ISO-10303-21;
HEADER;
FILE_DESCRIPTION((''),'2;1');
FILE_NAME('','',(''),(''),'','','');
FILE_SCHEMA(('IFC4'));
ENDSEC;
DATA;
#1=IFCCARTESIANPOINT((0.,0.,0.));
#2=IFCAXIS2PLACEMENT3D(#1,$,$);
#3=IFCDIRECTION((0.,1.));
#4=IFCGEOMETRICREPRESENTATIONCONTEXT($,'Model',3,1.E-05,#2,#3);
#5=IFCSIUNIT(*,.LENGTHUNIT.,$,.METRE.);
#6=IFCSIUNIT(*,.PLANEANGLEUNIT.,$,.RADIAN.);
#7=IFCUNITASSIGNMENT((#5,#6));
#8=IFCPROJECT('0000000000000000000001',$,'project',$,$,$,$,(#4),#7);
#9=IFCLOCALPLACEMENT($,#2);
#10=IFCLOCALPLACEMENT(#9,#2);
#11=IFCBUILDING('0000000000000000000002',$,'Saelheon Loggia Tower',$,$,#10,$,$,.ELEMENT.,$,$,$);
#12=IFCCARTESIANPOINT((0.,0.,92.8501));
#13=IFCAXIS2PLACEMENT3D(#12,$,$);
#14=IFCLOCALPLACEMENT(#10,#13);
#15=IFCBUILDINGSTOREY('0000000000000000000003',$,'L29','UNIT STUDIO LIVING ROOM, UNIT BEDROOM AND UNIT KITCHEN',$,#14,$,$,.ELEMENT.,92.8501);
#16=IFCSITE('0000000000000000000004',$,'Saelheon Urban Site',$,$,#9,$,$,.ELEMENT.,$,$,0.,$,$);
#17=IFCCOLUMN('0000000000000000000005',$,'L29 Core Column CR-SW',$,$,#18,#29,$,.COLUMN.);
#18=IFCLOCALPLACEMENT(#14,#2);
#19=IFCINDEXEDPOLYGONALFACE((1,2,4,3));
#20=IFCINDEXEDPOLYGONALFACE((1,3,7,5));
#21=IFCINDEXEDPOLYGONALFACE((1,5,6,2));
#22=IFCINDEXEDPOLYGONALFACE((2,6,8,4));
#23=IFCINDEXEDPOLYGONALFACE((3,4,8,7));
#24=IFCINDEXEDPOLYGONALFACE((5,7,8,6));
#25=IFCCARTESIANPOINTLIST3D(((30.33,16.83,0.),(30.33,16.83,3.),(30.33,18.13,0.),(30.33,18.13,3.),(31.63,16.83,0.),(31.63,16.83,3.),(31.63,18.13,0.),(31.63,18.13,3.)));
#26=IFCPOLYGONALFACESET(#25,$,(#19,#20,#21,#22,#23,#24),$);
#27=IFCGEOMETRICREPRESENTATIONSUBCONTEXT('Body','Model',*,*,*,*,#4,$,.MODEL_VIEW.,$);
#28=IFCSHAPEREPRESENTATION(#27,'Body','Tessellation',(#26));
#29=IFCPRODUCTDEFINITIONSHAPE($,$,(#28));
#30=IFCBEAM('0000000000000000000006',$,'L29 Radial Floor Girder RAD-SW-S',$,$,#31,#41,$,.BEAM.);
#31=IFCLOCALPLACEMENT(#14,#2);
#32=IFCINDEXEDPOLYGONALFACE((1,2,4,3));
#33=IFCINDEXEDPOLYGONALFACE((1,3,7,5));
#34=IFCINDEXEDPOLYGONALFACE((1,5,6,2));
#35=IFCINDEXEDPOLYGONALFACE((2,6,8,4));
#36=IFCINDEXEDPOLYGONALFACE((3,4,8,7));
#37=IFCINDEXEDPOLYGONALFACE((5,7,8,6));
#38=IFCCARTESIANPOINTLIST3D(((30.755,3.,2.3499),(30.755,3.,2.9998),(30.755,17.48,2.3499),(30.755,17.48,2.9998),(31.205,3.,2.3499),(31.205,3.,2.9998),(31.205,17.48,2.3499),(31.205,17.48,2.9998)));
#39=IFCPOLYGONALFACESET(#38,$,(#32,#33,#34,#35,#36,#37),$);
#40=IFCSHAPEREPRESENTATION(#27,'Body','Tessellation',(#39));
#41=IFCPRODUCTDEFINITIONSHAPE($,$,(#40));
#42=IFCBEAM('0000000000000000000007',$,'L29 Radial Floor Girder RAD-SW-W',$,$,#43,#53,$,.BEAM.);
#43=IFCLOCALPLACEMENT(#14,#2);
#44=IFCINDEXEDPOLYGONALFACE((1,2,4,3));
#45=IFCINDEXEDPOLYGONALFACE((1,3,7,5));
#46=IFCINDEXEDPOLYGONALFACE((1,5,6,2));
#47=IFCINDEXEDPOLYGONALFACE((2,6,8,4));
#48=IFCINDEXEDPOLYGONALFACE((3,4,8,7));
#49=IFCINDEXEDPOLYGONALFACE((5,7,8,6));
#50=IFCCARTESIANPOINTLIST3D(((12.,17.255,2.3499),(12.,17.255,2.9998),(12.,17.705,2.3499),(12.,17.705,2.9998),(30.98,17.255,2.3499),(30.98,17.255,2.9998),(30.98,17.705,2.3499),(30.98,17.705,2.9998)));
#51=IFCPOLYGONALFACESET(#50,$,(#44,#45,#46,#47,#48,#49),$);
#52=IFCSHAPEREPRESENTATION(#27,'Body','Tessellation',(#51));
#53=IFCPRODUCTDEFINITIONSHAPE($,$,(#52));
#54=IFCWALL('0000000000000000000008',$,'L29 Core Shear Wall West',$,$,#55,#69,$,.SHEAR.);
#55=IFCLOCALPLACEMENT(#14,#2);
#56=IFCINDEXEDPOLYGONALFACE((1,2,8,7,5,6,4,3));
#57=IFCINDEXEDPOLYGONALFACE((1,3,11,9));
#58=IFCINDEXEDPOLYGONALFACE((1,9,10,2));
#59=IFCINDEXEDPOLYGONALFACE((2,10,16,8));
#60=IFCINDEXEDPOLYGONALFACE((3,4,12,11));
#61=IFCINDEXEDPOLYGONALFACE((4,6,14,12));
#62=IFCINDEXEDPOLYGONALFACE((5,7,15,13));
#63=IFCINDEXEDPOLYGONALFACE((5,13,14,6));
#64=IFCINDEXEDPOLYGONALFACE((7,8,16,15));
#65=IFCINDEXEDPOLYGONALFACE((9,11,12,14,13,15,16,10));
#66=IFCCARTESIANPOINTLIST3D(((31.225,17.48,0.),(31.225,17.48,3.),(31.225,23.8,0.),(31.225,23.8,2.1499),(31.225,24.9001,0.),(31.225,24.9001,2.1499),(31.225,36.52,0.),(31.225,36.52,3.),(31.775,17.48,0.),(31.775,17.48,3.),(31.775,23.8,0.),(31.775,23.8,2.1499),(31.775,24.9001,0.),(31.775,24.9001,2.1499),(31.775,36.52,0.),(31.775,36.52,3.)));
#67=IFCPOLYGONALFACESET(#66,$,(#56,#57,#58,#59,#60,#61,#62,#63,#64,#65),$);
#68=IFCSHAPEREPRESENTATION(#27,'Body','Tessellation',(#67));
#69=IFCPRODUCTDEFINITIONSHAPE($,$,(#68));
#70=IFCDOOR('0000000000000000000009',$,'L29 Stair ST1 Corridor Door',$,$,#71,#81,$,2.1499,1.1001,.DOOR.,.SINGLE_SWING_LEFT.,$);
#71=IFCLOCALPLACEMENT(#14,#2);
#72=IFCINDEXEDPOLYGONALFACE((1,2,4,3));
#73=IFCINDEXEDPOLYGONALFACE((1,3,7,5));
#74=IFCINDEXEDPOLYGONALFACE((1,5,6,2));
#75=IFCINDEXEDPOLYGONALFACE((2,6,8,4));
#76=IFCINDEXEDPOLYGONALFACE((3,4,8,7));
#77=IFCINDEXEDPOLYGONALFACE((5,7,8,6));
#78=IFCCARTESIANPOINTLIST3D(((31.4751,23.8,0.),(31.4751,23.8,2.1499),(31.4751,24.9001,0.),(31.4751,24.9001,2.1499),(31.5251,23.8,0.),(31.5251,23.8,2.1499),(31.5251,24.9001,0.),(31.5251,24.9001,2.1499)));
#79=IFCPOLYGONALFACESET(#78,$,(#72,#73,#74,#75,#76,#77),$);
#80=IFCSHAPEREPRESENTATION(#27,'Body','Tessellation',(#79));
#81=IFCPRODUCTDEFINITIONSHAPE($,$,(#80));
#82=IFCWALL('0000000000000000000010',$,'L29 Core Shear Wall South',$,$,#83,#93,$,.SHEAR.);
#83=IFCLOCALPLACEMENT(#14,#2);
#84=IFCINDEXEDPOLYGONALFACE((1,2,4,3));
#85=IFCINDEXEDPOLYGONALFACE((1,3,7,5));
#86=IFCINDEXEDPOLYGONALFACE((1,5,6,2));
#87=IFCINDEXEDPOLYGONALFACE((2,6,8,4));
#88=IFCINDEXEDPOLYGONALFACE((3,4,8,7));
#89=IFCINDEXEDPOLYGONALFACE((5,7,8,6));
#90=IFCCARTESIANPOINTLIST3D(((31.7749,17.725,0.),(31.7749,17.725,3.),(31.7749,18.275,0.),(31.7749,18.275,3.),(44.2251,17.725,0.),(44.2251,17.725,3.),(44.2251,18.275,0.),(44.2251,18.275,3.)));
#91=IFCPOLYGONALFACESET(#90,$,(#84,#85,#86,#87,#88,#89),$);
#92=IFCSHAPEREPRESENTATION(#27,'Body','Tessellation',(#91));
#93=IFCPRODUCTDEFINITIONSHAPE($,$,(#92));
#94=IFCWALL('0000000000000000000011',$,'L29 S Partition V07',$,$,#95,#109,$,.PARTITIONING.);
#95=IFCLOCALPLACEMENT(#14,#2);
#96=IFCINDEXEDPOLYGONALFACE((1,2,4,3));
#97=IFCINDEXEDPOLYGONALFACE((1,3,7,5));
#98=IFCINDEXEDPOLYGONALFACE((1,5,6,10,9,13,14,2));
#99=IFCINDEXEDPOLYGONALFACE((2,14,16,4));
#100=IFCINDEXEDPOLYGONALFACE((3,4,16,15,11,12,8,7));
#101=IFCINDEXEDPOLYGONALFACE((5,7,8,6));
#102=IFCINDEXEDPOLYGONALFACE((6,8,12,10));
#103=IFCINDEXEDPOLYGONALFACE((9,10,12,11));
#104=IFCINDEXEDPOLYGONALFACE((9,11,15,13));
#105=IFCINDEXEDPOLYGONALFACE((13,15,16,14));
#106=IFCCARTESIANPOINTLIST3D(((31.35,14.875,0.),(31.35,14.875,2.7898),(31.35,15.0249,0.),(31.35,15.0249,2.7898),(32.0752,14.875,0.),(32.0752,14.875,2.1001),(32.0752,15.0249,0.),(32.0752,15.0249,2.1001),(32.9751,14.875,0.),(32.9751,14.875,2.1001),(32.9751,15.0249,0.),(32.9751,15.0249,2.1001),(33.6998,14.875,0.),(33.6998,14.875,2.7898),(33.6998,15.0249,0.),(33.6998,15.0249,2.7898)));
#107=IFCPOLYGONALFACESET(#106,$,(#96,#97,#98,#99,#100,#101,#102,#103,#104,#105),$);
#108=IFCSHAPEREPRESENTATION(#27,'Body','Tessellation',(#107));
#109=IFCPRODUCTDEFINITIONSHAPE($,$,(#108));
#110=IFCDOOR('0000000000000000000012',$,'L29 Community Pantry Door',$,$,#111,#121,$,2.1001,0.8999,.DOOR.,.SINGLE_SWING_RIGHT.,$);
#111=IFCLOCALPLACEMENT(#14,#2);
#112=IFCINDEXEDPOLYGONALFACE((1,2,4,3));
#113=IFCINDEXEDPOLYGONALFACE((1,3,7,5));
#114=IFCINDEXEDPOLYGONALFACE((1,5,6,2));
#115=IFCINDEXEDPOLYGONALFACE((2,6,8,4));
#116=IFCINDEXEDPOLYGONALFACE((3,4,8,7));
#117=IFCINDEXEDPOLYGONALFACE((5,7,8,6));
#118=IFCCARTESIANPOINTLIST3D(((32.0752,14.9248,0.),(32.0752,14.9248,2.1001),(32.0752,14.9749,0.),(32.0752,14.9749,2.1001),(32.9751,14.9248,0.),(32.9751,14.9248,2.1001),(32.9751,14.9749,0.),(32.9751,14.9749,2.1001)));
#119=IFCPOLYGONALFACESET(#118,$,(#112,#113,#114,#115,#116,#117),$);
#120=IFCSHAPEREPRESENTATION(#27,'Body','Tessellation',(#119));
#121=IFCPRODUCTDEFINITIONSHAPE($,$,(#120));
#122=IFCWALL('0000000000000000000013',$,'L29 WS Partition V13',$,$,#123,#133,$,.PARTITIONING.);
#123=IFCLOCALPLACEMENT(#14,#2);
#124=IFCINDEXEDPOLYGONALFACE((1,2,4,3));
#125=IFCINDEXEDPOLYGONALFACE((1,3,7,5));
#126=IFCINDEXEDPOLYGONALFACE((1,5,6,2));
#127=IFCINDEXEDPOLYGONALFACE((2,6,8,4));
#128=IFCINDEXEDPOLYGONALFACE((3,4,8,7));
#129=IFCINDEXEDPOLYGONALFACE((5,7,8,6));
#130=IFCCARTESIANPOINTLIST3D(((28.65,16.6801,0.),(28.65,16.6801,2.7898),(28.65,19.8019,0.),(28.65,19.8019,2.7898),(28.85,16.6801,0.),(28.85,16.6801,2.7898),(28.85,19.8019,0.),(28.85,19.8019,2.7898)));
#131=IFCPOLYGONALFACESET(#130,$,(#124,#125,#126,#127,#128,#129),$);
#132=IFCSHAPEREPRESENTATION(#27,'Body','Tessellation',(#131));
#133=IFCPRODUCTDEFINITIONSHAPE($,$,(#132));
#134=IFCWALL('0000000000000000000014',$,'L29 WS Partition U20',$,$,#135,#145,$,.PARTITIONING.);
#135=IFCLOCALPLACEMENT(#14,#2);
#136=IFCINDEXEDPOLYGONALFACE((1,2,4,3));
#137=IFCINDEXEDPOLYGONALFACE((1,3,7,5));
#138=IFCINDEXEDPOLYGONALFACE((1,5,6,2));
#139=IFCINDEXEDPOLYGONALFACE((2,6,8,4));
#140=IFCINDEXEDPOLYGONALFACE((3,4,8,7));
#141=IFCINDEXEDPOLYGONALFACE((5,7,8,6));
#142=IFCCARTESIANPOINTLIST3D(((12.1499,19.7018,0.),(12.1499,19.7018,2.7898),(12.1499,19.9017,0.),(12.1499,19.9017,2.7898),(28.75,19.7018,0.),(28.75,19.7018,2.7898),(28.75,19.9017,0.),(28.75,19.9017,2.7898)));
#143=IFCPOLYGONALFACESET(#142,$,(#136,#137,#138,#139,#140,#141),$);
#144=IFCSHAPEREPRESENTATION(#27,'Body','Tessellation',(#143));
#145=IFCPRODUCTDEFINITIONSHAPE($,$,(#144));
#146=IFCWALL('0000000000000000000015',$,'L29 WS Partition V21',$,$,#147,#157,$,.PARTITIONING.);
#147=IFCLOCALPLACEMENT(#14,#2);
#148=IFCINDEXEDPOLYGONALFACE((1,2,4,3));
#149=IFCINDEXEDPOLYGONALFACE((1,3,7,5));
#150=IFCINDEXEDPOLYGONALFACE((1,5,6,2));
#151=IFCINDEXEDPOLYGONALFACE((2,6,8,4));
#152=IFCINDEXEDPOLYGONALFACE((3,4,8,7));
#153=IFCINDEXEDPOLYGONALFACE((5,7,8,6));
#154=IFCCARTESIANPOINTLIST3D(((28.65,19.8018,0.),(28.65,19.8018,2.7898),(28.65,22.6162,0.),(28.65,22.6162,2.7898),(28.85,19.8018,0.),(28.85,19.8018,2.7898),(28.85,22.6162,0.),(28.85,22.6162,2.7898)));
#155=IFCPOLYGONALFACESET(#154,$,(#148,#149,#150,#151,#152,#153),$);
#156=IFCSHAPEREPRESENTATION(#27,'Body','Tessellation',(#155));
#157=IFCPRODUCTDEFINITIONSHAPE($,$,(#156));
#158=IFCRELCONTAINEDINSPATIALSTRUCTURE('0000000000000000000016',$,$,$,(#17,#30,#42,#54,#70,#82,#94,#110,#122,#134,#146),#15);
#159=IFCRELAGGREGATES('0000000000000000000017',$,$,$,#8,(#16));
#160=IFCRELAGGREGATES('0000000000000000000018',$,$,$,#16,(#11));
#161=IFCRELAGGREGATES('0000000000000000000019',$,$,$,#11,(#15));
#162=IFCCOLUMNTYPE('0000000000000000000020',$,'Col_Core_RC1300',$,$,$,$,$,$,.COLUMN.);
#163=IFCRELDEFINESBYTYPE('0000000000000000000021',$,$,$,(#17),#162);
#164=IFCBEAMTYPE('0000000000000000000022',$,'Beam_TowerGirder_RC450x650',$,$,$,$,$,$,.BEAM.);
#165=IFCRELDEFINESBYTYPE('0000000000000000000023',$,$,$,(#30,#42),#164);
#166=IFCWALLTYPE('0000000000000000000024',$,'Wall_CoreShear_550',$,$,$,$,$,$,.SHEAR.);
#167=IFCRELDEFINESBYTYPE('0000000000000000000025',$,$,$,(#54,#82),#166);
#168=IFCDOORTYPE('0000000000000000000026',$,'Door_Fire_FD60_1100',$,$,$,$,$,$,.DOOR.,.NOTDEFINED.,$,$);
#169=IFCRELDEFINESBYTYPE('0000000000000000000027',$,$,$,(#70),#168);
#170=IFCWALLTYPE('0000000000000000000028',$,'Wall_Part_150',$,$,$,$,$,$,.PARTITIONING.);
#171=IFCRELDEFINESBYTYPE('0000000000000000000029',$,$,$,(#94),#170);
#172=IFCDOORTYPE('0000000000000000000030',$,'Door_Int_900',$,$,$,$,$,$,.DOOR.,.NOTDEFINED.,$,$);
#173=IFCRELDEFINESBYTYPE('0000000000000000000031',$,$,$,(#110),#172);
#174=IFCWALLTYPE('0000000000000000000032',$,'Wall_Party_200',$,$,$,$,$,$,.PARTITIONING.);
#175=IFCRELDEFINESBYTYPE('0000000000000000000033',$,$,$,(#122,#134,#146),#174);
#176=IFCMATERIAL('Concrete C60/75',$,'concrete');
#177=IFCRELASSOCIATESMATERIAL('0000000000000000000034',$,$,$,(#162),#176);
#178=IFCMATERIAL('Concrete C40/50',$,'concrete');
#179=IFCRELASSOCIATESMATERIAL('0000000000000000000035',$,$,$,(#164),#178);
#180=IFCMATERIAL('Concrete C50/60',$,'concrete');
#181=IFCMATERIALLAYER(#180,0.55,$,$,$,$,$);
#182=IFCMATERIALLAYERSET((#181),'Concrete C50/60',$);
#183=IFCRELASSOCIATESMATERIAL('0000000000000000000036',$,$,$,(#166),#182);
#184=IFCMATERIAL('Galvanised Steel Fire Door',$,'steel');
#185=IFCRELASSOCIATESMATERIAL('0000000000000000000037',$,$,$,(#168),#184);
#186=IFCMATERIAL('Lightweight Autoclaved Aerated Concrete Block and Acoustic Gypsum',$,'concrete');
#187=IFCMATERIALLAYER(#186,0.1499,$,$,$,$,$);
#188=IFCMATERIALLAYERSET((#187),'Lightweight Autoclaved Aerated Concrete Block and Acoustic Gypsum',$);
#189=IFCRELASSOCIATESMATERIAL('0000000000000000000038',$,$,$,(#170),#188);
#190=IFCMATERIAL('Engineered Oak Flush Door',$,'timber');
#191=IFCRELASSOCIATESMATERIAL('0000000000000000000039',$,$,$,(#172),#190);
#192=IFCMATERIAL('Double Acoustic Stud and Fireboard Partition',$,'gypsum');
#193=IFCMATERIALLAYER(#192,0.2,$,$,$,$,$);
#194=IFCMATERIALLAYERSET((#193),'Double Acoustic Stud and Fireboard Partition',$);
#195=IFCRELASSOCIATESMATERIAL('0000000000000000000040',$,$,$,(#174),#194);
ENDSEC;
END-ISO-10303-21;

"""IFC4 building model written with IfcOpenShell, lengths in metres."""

from ifc_helpers import new_model, si_unit, direction, frame, frame_2d, origin, origin_2d, place, context, subcontext, project, spatial, rectangle, extrude, source, transform, mapped, material, layer, layer_set, material_profile, profile_set, type_object, element, fill, save


model = new_model("IFC4")

# Units and contexts
model_context = context("Model", 3, precision=1e-05, world=origin(), true_north=direction((0.0, 1.0)))
body_context = subcontext(model_context, "Body", "Model", "MODEL_VIEW")
ifc_project = project(units=[si_unit("LENGTHUNIT", "METRE"), si_unit("PLANEANGLEUNIT", "RADIAN")], contexts=[model_context])

# Site, building, storey
site_placement = place(None, origin())
site = spatial("IfcSite", under=ifc_project, at=site_placement, Name="Saelheon Urban Site", CompositionType="ELEMENT", RefElevation=0.0)
building_placement = place(site_placement, origin())
building = spatial("IfcBuilding", under=site, at=building_placement, Name="Saelheon Loggia Tower", CompositionType="ELEMENT")
storey_placement = place(building_placement, frame((0.0, 0.0, 92.8501)))
storey = spatial("IfcBuildingStorey", under=building, at=storey_placement, Name="L29", Description="UNIT STUDIO LIVING ROOM, UNIT BEDROOM AND UNIT KITCHEN", CompositionType="ELEMENT", Elevation=92.8501)

# Column
ifc_material_1 = material(Name="Concrete C60/75", Category="concrete")
ifc_material_profile_1 = material_profile(ifc_material_1, rectangle(XDim=1.3, YDim=1.3, at=origin_2d()), Name="RC-1300x1300")
ifc_profile_set_1 = profile_set([ifc_material_profile_1], Name="Concrete C60/75")
column_type = type_object("IfcColumnType", Name="Col_Core_RC1300", PredefinedType="COLUMN", material=ifc_profile_set_1)
shared_shape_1 = source(origin(), body_context, "Body", "SweptSolid", [
    extrude(rectangle(XDim=1.3, YDim=1.3, at=origin_2d()), origin(), (0.0, 0.0, 1.0), 3.0),
])
column_placement = place(storey_placement, frame((30.98, 17.48, 0.0), z_axis=(0.0, 0.0, 1.0), x_axis=(1.0, 0.0, 0.0)))
element("IfcColumn", 1, at=column_placement, inside=storey, type_object=column_type, Name="L29 Core Column CR-SW", PredefinedType="COLUMN", context=body_context, shape_type="MappedRepresentation", body=[
    mapped(shared_shape_1, transform((0.0, 0.0, 0.0), scale=1.0)),
])

# Beams
ifc_material_2 = material(Name="Concrete C40/50", Category="concrete")
ifc_material_profile_2 = material_profile(ifc_material_2, rectangle(XDim=0.45, YDim=0.6499, at=origin_2d()), Name="RC-450x650")
ifc_profile_set_2 = profile_set([ifc_material_profile_2], Name="Concrete C40/50")
beam_type = type_object("IfcBeamType", Name="Beam_TowerGirder_RC450x650", PredefinedType="BEAM", material=ifc_profile_set_2)
shared_shape_2 = source(origin(), body_context, "Body", "SweptSolid", [
    extrude(rectangle(XDim=0.45, YDim=0.6499, at=origin_2d()), origin(), (0.0, 0.0, 1.0), 14.48),
])
beam_1_placement = place(storey_placement, frame((30.98, 17.48, 2.6748), z_axis=(0.0, -1.0, 0.0), x_axis=(1.0, 0.0, 0.0)))
element("IfcBeam", 2, at=beam_1_placement, inside=storey, type_object=beam_type, Name="L29 Radial Floor Girder RAD-SW-S", PredefinedType="BEAM", context=body_context, shape_type="MappedRepresentation", body=[
    mapped(shared_shape_2, transform((0.0, 0.0, 0.0), scale=1.0)),
])
shared_shape_3 = source(origin(), body_context, "Body", "SweptSolid", [
    extrude(rectangle(XDim=0.45, YDim=0.6499, at=origin_2d()), origin(), (0.0, 0.0, 1.0), 18.98),
])
beam_2_placement = place(storey_placement, frame((30.98, 17.48, 2.6748), z_axis=(-1.0, 0.0, 0.0), x_axis=(0.0, -1.0, 0.0)))
element("IfcBeam", 3, at=beam_2_placement, inside=storey, type_object=beam_type, Name="L29 Radial Floor Girder RAD-SW-W", PredefinedType="BEAM", context=body_context, shape_type="MappedRepresentation", body=[
    mapped(shared_shape_3, transform((0.0, 0.0, 0.0), scale=1.0)),
])

# Wall, opening, door
ifc_material_3 = material(Name="Concrete C50/60", Category="concrete")
ifc_layer_1 = layer(ifc_material_3, 0.55)
ifc_layer_set_1 = layer_set([ifc_layer_1], Name="Concrete C50/60")
wall_type_1 = type_object("IfcWallType", Name="Wall_CoreShear_550", PredefinedType="SHEAR", material=ifc_layer_set_1)
wall_1_placement = place(storey_placement, frame((31.5, 17.48, 0.0), z_axis=(0.0, 0.0, 1.0), x_axis=(0.0, 1.0, 0.0)))
wall_1 = element("IfcWall", 4, at=wall_1_placement, inside=storey, type_object=wall_type_1, Name="L29 Core Shear Wall West", PredefinedType="SHEAR", context=body_context, shape_type="SweptSolid", body=[
    extrude(rectangle(XDim=19.04, YDim=0.55, at=frame_2d((9.52, 0.0))), origin(), (0.0, 0.0, 1.0), 3.0),
])
opening_1_placement = place(wall_1_placement, frame((6.3201, 0.0, 0.0)))
opening_1 = element("IfcOpeningElement", 5, at=opening_1_placement, cuts=wall_1, PredefinedType="OPENING", context=body_context, shape_type="SweptSolid", body=[
    extrude(rectangle(XDim=1.1001, YDim=2.1499, at=frame_2d((0.55, 1.075))), frame((0.0, 0.2871, 0.0), z_axis=(0.0, -1.0, 0.0), x_axis=(1.0, 0.0, 0.0)), (0.0, 0.0, 1.0), 0.574),
])
ifc_material_4 = material(Name="Galvanised Steel Fire Door", Category="steel")
door_type_1 = type_object("IfcDoorType", Name="Door_Fire_FD60_1100", OperationType="NOTDEFINED", PredefinedType="DOOR", material=ifc_material_4)
shared_shape_4 = source(origin(), body_context, "Body", "SweptSolid", [
    extrude(rectangle(XDim=1.1001, YDim=2.1499, at=frame_2d((0.55, 1.075))), frame((0.0, 0.0249, 0.0), z_axis=(0.0, -1.0, 0.0), x_axis=(1.0, 0.0, 0.0)), (0.0, 0.0, 1.0), 0.05),
])
door_1_placement = place(opening_1_placement, origin())
door_1 = element("IfcDoor", 6, at=door_1_placement, inside=storey, type_object=door_type_1, Name="L29 Stair ST1 Corridor Door", OperationType="SINGLE_SWING_LEFT", OverallHeight=2.1499, OverallWidth=1.1001, PredefinedType="DOOR", context=body_context, shape_type="MappedRepresentation", body=[
    mapped(shared_shape_4, transform((0.0, 0.0, 0.0), scale=1.0)),
])
fill(opening_1, door_1)

# Wall
wall_2_placement = place(storey_placement, frame((31.7749, 18.0, 0.0), z_axis=(0.0, 0.0, 1.0), x_axis=(1.0, 0.0, 0.0)))
element("IfcWall", 7, at=wall_2_placement, inside=storey, type_object=wall_type_1, Name="L29 Core Shear Wall South", PredefinedType="SHEAR", context=body_context, shape_type="SweptSolid", body=[
    extrude(rectangle(XDim=12.4502, YDim=0.55, at=frame_2d((6.2251, 0.0))), origin(), (0.0, 0.0, 1.0), 3.0),
])

# Wall, opening, door
ifc_material_5 = material(Name="Lightweight Autoclaved Aerated Concrete Block and Acoustic Gypsum", Category="concrete")
ifc_layer_2 = layer(ifc_material_5, 0.1499)
ifc_layer_set_2 = layer_set([ifc_layer_2], Name="Lightweight Autoclaved Aerated Concrete Block and Acoustic Gypsum")
wall_type_2 = type_object("IfcWallType", Name="Wall_Part_150", PredefinedType="PARTITIONING", material=ifc_layer_set_2)
wall_3_placement = place(storey_placement, frame((31.3501, 14.95, 0.0), z_axis=(0.0, 0.0, 1.0), x_axis=(1.0, 0.0, 0.0)))
wall_3 = element("IfcWall", 8, at=wall_3_placement, inside=storey, type_object=wall_type_2, Name="L29 S Partition V07", PredefinedType="PARTITIONING", context=body_context, shape_type="SweptSolid", body=[
    extrude(rectangle(XDim=2.3499, YDim=0.1499, at=frame_2d((1.1748, 0.0))), origin(), (0.0, 0.0, 1.0), 2.7898),
])
opening_2_placement = place(wall_3_placement, frame((0.7251, 0.0, 0.0)))
opening_2 = element("IfcOpeningElement", 9, at=opening_2_placement, cuts=wall_3, PredefinedType="OPENING", context=body_context, shape_type="SweptSolid", body=[
    extrude(rectangle(XDim=0.8999, YDim=2.1001, at=frame_2d((0.45, 1.05))), frame((0.0, 0.0869, 0.0), z_axis=(0.0, -1.0, 0.0), x_axis=(1.0, 0.0, 0.0)), (0.0, 0.0, 1.0), 0.1738),
])
ifc_material_6 = material(Name="Engineered Oak Flush Door", Category="timber")
door_type_2 = type_object("IfcDoorType", Name="Door_Int_900", OperationType="NOTDEFINED", PredefinedType="DOOR", material=ifc_material_6)
shared_shape_5 = source(origin(), body_context, "Body", "SweptSolid", [
    extrude(rectangle(XDim=0.8999, YDim=2.1001, at=frame_2d((0.45, 1.05))), frame((0.0, 0.0249, 0.0), z_axis=(0.0, -1.0, 0.0), x_axis=(1.0, 0.0, 0.0)), (0.0, 0.0, 1.0), 0.05),
])
door_2_placement = place(opening_2_placement, origin())
door_2 = element("IfcDoor", 10, at=door_2_placement, inside=storey, type_object=door_type_2, Name="L29 Community Pantry Door", OperationType="SINGLE_SWING_RIGHT", OverallHeight=2.1001, OverallWidth=0.8999, PredefinedType="DOOR", context=body_context, shape_type="MappedRepresentation", body=[
    mapped(shared_shape_5, transform((0.0, 0.0, 0.0), scale=1.0)),
])
fill(opening_2, door_2)

# Walls
ifc_material_7 = material(Name="Double Acoustic Stud and Fireboard Partition", Category="gypsum")
ifc_layer_3 = layer(ifc_material_7, 0.2)
ifc_layer_set_3 = layer_set([ifc_layer_3], Name="Double Acoustic Stud and Fireboard Partition")
wall_type_3 = type_object("IfcWallType", Name="Wall_Party_200", PredefinedType="PARTITIONING", material=ifc_layer_set_3)
wall_4_placement = place(storey_placement, frame((28.75, 16.6799, 0.0), z_axis=(0.0, 0.0, 1.0), x_axis=(0.0, 1.0, 0.0)))
element("IfcWall", 11, at=wall_4_placement, inside=storey, type_object=wall_type_3, Name="L29 WS Partition V13", PredefinedType="PARTITIONING", context=body_context, shape_type="SweptSolid", body=[
    extrude(rectangle(XDim=3.1218, YDim=0.2, at=frame_2d((1.561, 0.0))), origin(), (0.0, 0.0, 1.0), 2.7898),
])
wall_5_placement = place(storey_placement, frame((28.75, 19.8018, 0.0), z_axis=(0.0, 0.0, 1.0), x_axis=(-1.0, 0.0, 0.0)))
element("IfcWall", 12, at=wall_5_placement, inside=storey, type_object=wall_type_3, Name="L29 WS Partition U20", PredefinedType="PARTITIONING", context=body_context, shape_type="SweptSolid", body=[
    extrude(rectangle(XDim=16.6001, YDim=0.2, at=frame_2d((8.3, 0.0))), origin(), (0.0, 0.0, 1.0), 2.7898),
])
wall_6_placement = place(storey_placement, frame((28.75, 19.8018, 0.0), z_axis=(0.0, 0.0, 1.0), x_axis=(0.0, 1.0, 0.0)))
element("IfcWall", 13, at=wall_6_placement, inside=storey, type_object=wall_type_3, Name="L29 WS Partition V21", PredefinedType="PARTITIONING", context=body_context, shape_type="SweptSolid", body=[
    extrude(rectangle(XDim=2.8145, YDim=0.2, at=frame_2d((1.4072, 0.0))), origin(), (0.0, 0.0, 1.0), 2.7898),
])

save(model, "model.ifc")
